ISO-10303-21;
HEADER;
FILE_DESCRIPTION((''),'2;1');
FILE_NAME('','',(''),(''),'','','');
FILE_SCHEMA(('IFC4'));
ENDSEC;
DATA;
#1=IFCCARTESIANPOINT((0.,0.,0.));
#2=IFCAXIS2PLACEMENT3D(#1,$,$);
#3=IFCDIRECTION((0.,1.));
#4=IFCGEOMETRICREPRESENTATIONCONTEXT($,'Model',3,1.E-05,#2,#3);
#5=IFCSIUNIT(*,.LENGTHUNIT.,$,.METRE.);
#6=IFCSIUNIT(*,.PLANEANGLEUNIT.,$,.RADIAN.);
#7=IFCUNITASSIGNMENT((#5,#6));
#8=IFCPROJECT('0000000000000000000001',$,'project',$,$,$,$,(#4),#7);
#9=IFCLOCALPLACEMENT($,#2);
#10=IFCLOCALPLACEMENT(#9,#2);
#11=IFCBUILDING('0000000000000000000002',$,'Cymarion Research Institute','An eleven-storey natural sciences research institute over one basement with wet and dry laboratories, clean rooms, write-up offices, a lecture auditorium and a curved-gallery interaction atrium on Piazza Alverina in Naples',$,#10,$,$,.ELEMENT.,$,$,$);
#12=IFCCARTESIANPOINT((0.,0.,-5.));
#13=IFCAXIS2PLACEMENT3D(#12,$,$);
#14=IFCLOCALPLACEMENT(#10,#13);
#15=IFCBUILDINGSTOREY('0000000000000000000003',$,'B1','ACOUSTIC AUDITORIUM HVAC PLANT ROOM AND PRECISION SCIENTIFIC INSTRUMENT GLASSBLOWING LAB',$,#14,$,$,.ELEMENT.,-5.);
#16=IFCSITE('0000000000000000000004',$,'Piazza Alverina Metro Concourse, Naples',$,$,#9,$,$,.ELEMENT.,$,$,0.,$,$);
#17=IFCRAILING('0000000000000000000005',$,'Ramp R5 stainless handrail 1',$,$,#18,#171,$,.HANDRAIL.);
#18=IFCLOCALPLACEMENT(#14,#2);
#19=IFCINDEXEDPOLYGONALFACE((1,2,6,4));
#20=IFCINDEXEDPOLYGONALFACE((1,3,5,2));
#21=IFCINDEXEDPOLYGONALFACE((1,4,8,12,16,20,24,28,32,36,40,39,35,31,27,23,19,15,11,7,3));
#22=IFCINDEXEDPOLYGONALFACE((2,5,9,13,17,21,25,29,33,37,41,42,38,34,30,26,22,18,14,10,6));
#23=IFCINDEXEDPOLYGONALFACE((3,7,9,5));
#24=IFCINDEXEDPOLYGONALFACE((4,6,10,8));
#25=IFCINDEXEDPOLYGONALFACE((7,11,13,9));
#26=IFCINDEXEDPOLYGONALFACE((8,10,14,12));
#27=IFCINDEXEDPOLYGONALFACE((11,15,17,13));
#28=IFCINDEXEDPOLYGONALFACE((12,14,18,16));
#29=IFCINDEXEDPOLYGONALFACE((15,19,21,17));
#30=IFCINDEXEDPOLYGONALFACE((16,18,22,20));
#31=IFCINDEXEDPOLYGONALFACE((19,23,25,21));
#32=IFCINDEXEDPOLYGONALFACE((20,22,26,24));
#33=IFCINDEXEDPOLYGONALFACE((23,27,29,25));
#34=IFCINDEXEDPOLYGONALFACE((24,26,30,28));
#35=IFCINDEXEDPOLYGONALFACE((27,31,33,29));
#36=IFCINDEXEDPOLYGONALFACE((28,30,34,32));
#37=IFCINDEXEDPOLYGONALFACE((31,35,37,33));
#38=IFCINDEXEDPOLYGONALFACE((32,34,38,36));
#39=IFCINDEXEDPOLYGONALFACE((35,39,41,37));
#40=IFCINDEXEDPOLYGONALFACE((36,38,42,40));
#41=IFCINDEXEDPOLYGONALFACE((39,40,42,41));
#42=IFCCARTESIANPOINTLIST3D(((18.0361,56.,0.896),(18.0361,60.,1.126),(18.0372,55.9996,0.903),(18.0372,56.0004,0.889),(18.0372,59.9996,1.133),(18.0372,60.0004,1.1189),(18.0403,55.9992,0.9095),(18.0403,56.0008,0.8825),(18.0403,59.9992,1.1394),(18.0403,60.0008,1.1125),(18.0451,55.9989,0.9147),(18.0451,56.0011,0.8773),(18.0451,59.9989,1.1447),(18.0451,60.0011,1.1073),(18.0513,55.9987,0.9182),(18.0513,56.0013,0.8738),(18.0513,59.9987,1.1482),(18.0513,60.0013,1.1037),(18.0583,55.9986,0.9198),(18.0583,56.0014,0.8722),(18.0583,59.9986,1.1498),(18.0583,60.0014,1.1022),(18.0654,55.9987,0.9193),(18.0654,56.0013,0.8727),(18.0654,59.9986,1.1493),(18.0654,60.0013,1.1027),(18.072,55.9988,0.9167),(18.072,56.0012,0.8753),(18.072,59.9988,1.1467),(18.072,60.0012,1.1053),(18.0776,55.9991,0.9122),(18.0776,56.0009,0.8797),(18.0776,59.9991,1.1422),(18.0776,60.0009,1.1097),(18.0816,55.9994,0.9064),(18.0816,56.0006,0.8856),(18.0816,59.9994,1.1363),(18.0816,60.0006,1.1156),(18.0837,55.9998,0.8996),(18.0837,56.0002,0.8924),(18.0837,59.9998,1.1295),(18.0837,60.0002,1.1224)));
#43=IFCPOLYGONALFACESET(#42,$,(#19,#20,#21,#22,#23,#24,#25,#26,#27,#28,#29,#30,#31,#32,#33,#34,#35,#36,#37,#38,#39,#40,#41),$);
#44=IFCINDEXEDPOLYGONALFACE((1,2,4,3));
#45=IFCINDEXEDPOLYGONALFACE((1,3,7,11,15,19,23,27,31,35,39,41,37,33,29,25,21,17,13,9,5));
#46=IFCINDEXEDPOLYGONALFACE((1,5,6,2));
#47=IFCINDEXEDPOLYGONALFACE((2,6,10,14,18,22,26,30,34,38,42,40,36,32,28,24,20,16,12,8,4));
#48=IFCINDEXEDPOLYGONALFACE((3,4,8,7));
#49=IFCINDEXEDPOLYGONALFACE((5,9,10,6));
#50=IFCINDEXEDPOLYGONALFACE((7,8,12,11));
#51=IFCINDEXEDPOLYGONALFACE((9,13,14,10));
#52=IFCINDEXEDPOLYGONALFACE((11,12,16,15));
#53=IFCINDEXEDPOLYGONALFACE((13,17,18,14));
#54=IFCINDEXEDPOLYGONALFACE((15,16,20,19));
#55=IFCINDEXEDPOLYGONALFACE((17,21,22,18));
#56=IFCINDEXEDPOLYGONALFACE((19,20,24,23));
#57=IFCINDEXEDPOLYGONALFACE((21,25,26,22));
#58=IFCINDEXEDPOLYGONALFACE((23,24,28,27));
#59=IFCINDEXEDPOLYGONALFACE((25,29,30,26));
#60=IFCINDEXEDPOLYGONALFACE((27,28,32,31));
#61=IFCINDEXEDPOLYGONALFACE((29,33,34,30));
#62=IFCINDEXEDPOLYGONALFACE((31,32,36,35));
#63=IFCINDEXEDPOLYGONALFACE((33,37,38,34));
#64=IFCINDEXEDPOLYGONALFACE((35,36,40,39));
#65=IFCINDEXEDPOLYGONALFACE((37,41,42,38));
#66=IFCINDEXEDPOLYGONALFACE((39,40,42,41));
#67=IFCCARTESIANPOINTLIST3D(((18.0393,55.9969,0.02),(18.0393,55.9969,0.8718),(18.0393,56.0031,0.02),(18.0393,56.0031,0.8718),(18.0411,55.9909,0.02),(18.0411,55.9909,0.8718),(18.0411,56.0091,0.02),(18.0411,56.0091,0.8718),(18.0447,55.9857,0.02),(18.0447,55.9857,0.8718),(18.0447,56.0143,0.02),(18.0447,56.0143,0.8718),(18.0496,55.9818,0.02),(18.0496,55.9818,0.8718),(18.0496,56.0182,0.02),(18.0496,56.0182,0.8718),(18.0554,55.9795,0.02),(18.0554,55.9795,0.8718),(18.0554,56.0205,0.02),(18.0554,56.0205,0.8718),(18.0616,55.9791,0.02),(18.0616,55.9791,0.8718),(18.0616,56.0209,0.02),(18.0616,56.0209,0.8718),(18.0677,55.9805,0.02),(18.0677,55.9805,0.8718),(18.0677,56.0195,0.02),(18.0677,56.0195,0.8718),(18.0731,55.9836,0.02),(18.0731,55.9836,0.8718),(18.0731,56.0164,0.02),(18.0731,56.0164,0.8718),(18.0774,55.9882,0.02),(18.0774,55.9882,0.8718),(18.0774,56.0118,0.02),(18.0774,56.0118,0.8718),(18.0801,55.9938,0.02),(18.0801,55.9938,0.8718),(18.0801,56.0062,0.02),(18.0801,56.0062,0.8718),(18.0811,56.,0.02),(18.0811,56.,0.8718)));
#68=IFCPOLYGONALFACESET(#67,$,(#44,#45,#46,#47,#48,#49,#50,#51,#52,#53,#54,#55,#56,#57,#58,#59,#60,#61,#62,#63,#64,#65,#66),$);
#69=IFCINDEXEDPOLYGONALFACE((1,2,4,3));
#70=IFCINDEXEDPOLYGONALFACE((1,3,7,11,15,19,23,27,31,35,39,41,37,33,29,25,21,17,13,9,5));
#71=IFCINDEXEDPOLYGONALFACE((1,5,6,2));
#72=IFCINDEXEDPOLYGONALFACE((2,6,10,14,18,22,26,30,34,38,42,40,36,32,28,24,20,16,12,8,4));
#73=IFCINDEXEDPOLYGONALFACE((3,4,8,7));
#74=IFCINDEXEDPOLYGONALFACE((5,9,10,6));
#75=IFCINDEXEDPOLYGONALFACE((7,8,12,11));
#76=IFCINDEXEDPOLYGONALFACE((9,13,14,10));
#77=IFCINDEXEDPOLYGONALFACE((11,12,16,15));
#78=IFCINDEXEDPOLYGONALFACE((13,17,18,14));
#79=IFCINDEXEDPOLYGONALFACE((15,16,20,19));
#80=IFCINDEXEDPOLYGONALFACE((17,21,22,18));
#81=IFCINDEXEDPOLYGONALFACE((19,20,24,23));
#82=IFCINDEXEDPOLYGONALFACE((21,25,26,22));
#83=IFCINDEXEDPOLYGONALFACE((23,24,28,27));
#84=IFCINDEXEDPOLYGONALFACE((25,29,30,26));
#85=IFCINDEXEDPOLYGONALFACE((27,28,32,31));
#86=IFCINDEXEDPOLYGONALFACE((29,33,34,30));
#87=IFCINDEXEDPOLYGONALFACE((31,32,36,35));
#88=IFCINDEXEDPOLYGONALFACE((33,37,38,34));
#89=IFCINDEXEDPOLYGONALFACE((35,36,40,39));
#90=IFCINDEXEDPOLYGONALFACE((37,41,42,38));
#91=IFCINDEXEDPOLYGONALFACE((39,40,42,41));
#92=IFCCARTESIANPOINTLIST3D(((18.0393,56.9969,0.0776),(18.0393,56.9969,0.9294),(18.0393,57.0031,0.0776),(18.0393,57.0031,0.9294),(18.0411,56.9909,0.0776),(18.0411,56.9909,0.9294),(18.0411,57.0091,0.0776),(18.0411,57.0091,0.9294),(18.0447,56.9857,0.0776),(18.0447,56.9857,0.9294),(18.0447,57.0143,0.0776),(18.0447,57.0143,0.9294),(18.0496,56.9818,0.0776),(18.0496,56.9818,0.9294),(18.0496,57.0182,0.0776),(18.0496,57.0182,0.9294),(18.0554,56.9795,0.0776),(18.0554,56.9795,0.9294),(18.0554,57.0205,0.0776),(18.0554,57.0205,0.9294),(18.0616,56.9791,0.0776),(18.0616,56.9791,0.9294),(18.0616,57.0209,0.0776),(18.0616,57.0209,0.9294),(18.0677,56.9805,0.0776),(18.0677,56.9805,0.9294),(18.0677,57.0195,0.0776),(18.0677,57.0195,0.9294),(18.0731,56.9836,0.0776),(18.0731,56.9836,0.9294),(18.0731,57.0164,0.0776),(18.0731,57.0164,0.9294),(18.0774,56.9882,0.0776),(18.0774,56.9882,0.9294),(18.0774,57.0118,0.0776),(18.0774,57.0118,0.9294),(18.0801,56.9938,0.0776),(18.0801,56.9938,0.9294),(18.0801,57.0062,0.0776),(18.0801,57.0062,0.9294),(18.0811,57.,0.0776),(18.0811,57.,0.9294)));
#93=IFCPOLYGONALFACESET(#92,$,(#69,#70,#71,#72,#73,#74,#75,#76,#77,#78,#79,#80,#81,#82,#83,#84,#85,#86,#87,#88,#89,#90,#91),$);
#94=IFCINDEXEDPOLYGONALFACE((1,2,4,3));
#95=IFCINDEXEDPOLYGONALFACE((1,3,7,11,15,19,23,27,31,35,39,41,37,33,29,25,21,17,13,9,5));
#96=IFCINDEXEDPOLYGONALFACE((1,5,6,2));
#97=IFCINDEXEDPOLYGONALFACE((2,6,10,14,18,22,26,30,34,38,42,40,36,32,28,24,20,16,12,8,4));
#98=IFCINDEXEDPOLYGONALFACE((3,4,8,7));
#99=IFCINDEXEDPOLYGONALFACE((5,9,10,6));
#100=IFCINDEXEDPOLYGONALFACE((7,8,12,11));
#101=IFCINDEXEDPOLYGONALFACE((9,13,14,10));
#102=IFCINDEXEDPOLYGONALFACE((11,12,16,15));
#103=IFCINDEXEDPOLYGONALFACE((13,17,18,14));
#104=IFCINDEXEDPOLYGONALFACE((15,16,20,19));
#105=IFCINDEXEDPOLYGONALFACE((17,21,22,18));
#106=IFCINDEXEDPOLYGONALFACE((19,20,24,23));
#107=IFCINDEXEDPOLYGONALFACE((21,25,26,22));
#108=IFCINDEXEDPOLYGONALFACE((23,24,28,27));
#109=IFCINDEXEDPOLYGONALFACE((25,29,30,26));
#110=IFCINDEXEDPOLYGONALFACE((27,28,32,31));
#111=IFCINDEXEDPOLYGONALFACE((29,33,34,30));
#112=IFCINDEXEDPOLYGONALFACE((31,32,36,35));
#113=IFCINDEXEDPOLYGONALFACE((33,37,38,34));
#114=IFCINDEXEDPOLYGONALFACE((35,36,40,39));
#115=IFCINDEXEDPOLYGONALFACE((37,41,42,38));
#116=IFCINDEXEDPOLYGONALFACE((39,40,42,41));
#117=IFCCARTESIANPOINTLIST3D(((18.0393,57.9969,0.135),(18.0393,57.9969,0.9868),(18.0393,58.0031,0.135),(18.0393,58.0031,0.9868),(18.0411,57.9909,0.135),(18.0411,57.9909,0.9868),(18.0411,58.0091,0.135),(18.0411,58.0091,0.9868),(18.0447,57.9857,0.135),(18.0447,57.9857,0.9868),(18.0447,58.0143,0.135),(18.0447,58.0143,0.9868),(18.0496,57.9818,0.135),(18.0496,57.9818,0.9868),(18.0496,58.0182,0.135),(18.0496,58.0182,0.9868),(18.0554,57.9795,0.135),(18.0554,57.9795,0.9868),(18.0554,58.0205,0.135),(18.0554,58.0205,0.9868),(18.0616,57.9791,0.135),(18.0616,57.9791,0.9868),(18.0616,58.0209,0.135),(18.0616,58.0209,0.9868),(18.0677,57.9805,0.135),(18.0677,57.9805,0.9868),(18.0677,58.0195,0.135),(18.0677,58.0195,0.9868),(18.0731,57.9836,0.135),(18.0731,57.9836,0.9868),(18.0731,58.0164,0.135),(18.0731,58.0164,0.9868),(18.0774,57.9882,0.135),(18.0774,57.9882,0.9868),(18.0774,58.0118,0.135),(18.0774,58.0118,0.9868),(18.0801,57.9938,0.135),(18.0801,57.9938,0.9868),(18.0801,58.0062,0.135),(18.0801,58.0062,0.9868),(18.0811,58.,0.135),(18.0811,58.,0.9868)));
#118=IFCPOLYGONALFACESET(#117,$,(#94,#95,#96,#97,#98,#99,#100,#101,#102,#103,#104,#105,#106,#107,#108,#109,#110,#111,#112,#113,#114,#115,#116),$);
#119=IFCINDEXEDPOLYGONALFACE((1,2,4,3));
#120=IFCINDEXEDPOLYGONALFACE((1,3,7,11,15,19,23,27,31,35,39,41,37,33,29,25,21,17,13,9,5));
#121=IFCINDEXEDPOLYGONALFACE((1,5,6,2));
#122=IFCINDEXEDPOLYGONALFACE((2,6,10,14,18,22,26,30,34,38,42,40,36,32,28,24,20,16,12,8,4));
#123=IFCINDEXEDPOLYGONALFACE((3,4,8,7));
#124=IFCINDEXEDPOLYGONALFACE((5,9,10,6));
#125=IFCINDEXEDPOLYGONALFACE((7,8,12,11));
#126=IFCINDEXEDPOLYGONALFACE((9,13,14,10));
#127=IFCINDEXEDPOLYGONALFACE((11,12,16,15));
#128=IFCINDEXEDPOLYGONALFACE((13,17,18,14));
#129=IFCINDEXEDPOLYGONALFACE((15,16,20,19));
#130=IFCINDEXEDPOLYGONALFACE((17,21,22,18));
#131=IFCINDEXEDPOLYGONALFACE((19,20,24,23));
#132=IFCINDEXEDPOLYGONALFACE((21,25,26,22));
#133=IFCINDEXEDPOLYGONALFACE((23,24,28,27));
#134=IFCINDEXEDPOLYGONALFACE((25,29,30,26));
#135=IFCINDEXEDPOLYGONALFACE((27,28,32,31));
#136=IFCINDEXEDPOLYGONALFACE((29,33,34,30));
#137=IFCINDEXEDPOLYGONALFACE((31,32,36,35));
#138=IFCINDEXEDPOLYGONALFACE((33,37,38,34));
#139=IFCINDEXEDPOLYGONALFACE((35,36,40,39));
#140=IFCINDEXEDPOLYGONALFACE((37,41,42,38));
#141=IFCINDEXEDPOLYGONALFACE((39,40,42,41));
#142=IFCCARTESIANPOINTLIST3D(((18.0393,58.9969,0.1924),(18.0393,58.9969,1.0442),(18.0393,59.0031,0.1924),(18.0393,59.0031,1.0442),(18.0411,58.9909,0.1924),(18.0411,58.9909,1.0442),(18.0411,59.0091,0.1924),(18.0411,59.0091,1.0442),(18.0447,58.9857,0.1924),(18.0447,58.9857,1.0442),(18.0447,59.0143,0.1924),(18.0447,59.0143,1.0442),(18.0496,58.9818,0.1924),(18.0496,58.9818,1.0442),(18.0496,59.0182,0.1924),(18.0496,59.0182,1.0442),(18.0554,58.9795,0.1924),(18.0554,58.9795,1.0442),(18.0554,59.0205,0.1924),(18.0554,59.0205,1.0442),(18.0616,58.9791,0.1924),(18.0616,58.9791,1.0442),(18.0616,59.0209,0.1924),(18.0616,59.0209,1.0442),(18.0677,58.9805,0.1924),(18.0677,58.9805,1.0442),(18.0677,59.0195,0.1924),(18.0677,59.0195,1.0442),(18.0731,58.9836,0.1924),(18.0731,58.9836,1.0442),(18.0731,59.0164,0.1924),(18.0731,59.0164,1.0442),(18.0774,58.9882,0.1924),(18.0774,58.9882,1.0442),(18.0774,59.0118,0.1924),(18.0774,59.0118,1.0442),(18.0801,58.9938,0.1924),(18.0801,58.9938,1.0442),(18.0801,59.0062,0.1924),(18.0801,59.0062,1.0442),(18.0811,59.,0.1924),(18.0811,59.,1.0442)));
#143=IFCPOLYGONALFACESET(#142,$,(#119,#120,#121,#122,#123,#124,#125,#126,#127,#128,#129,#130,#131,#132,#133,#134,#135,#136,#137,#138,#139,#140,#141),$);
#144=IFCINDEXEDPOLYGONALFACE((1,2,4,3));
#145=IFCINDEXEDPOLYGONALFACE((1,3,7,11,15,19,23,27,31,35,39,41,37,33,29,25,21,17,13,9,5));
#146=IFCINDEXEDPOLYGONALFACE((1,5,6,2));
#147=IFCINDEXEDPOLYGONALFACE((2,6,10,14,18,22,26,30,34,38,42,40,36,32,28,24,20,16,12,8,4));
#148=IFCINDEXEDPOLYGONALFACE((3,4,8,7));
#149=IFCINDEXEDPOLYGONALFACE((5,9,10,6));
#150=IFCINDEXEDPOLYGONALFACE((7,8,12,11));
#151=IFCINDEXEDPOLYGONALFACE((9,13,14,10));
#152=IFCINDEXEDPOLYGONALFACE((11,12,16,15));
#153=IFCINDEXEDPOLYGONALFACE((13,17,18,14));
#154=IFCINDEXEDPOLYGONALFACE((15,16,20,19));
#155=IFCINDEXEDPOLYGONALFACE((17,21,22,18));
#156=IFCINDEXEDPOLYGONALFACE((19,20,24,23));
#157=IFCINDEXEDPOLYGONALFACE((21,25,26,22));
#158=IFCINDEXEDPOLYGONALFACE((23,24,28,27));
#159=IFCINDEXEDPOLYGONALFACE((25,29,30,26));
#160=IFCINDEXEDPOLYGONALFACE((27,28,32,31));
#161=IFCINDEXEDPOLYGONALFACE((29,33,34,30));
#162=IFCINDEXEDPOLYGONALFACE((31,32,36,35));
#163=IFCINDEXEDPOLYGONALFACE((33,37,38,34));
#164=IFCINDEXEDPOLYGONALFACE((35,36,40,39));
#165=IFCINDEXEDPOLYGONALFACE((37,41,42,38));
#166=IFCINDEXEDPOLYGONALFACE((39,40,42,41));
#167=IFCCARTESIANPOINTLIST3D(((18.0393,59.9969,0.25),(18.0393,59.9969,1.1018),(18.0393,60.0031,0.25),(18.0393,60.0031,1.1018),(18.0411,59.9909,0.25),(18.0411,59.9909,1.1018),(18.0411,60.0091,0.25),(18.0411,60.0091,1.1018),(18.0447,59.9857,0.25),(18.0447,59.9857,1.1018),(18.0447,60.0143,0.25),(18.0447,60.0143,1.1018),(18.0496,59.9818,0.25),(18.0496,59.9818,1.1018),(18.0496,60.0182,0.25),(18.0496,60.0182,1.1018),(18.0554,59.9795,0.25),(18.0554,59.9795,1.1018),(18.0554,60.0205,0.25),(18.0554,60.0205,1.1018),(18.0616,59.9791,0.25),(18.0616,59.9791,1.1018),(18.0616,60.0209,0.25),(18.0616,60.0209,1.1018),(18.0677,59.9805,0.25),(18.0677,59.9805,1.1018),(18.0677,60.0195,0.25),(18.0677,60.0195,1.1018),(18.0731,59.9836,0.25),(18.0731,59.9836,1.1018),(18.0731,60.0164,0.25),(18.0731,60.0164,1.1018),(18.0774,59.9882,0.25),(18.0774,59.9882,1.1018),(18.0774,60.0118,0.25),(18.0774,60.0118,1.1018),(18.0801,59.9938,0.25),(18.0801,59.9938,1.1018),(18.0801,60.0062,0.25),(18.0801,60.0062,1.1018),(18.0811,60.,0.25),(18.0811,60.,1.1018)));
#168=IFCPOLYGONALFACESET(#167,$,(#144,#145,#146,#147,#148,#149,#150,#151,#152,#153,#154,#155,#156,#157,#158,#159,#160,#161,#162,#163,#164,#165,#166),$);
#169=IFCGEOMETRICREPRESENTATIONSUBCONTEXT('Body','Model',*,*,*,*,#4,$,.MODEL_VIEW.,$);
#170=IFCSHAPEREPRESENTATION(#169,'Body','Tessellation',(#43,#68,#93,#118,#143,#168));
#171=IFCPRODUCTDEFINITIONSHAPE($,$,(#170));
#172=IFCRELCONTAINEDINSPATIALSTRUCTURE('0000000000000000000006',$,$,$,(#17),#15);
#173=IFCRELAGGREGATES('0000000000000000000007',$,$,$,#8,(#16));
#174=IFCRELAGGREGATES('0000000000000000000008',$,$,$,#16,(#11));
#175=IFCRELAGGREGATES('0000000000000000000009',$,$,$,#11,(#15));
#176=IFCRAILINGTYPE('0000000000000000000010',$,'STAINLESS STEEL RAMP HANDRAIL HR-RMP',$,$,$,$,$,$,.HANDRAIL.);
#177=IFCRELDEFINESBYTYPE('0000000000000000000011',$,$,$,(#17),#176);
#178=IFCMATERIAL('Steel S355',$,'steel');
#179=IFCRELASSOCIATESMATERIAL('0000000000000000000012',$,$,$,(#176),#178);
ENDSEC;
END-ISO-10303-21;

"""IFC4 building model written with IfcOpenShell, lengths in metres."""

from ifc_helpers import new_model, si_unit, direction, frame, origin, origin_2d, place, context, subcontext, project, spatial, circle, extrude, material, type_object, element, save


model = new_model("IFC4")

# Units and contexts
model_context = context("Model", 3, precision=1e-05, world=origin(), true_north=direction((0.0, 1.0)))
body_context = subcontext(model_context, "Body", "Model", "MODEL_VIEW")
ifc_project = project(units=[si_unit("LENGTHUNIT", "METRE"), si_unit("PLANEANGLEUNIT", "RADIAN")], contexts=[model_context])

# Site, building, storey
site_placement = place(None, origin())
site = spatial("IfcSite", under=ifc_project, at=site_placement, Name="Piazza Alverina Metro Concourse, Naples", CompositionType="ELEMENT", RefElevation=0.0)
building_placement = place(site_placement, origin())
building = spatial("IfcBuilding", under=site, at=building_placement, Name="Cymarion Research Institute", Description="An eleven-storey natural sciences research institute over one basement with wet and dry laboratories, clean rooms, write-up offices, a lecture auditorium and a curved-gallery interaction atrium on Piazza Alverina in Naples", CompositionType="ELEMENT")
storey_placement = place(building_placement, frame((0.0, 0.0, -5.0)))
storey = spatial("IfcBuildingStorey", under=building, at=storey_placement, Name="B1", Description="ACOUSTIC AUDITORIUM HVAC PLANT ROOM AND PRECISION SCIENTIFIC INSTRUMENT GLASSBLOWING LAB", CompositionType="ELEMENT", Elevation=-5.0)

# Shared definitions
ifc_material_1 = material(Name="Steel S355", Category="steel")

# Railing
railing_type = type_object("IfcRailingType", Name="STAINLESS STEEL RAMP HANDRAIL HR-RMP", PredefinedType="HANDRAIL", material=ifc_material_1)
for number, where, name in (
    (1, (18.0601, 56.0, 0.02), "Ramp R5 stainless handrail 1"),
):
    element("IfcRailing", number, at=place(storey_placement, frame(where)), inside=storey, type_object=railing_type, Name=name, PredefinedType="HANDRAIL", context=body_context, shape_type="SweptSolid", body=[
        extrude(circle(Radius=0.0239, at=origin_2d()), frame((0.0, 0.0, 0.876), z_axis=(0.0, 0.998351, 0.0574), x_axis=(-1.0, 0.0, 0.0)), (0.0, 0.0, 1.0), 4.0066),
        extrude(circle(Radius=0.021, at=origin_2d()), origin(), (0.0, 0.0, 1.0), 0.8518),
        extrude(circle(Radius=0.021, at=origin_2d()), frame((0.0, 1.0, 0.0576)), (0.0, 0.0, 1.0), 0.8518),
        extrude(circle(Radius=0.021, at=origin_2d()), frame((0.0, 2.0, 0.115)), (0.0, 0.0, 1.0), 0.8518),
        extrude(circle(Radius=0.021, at=origin_2d()), frame((0.0, 3.0, 0.1724)), (0.0, 0.0, 1.0), 0.8518),
        extrude(circle(Radius=0.021, at=origin_2d()), frame((0.0, 4.0, 0.23)), (0.0, 0.0, 1.0), 0.8518),
    ])

save(model, "model.ifc")
